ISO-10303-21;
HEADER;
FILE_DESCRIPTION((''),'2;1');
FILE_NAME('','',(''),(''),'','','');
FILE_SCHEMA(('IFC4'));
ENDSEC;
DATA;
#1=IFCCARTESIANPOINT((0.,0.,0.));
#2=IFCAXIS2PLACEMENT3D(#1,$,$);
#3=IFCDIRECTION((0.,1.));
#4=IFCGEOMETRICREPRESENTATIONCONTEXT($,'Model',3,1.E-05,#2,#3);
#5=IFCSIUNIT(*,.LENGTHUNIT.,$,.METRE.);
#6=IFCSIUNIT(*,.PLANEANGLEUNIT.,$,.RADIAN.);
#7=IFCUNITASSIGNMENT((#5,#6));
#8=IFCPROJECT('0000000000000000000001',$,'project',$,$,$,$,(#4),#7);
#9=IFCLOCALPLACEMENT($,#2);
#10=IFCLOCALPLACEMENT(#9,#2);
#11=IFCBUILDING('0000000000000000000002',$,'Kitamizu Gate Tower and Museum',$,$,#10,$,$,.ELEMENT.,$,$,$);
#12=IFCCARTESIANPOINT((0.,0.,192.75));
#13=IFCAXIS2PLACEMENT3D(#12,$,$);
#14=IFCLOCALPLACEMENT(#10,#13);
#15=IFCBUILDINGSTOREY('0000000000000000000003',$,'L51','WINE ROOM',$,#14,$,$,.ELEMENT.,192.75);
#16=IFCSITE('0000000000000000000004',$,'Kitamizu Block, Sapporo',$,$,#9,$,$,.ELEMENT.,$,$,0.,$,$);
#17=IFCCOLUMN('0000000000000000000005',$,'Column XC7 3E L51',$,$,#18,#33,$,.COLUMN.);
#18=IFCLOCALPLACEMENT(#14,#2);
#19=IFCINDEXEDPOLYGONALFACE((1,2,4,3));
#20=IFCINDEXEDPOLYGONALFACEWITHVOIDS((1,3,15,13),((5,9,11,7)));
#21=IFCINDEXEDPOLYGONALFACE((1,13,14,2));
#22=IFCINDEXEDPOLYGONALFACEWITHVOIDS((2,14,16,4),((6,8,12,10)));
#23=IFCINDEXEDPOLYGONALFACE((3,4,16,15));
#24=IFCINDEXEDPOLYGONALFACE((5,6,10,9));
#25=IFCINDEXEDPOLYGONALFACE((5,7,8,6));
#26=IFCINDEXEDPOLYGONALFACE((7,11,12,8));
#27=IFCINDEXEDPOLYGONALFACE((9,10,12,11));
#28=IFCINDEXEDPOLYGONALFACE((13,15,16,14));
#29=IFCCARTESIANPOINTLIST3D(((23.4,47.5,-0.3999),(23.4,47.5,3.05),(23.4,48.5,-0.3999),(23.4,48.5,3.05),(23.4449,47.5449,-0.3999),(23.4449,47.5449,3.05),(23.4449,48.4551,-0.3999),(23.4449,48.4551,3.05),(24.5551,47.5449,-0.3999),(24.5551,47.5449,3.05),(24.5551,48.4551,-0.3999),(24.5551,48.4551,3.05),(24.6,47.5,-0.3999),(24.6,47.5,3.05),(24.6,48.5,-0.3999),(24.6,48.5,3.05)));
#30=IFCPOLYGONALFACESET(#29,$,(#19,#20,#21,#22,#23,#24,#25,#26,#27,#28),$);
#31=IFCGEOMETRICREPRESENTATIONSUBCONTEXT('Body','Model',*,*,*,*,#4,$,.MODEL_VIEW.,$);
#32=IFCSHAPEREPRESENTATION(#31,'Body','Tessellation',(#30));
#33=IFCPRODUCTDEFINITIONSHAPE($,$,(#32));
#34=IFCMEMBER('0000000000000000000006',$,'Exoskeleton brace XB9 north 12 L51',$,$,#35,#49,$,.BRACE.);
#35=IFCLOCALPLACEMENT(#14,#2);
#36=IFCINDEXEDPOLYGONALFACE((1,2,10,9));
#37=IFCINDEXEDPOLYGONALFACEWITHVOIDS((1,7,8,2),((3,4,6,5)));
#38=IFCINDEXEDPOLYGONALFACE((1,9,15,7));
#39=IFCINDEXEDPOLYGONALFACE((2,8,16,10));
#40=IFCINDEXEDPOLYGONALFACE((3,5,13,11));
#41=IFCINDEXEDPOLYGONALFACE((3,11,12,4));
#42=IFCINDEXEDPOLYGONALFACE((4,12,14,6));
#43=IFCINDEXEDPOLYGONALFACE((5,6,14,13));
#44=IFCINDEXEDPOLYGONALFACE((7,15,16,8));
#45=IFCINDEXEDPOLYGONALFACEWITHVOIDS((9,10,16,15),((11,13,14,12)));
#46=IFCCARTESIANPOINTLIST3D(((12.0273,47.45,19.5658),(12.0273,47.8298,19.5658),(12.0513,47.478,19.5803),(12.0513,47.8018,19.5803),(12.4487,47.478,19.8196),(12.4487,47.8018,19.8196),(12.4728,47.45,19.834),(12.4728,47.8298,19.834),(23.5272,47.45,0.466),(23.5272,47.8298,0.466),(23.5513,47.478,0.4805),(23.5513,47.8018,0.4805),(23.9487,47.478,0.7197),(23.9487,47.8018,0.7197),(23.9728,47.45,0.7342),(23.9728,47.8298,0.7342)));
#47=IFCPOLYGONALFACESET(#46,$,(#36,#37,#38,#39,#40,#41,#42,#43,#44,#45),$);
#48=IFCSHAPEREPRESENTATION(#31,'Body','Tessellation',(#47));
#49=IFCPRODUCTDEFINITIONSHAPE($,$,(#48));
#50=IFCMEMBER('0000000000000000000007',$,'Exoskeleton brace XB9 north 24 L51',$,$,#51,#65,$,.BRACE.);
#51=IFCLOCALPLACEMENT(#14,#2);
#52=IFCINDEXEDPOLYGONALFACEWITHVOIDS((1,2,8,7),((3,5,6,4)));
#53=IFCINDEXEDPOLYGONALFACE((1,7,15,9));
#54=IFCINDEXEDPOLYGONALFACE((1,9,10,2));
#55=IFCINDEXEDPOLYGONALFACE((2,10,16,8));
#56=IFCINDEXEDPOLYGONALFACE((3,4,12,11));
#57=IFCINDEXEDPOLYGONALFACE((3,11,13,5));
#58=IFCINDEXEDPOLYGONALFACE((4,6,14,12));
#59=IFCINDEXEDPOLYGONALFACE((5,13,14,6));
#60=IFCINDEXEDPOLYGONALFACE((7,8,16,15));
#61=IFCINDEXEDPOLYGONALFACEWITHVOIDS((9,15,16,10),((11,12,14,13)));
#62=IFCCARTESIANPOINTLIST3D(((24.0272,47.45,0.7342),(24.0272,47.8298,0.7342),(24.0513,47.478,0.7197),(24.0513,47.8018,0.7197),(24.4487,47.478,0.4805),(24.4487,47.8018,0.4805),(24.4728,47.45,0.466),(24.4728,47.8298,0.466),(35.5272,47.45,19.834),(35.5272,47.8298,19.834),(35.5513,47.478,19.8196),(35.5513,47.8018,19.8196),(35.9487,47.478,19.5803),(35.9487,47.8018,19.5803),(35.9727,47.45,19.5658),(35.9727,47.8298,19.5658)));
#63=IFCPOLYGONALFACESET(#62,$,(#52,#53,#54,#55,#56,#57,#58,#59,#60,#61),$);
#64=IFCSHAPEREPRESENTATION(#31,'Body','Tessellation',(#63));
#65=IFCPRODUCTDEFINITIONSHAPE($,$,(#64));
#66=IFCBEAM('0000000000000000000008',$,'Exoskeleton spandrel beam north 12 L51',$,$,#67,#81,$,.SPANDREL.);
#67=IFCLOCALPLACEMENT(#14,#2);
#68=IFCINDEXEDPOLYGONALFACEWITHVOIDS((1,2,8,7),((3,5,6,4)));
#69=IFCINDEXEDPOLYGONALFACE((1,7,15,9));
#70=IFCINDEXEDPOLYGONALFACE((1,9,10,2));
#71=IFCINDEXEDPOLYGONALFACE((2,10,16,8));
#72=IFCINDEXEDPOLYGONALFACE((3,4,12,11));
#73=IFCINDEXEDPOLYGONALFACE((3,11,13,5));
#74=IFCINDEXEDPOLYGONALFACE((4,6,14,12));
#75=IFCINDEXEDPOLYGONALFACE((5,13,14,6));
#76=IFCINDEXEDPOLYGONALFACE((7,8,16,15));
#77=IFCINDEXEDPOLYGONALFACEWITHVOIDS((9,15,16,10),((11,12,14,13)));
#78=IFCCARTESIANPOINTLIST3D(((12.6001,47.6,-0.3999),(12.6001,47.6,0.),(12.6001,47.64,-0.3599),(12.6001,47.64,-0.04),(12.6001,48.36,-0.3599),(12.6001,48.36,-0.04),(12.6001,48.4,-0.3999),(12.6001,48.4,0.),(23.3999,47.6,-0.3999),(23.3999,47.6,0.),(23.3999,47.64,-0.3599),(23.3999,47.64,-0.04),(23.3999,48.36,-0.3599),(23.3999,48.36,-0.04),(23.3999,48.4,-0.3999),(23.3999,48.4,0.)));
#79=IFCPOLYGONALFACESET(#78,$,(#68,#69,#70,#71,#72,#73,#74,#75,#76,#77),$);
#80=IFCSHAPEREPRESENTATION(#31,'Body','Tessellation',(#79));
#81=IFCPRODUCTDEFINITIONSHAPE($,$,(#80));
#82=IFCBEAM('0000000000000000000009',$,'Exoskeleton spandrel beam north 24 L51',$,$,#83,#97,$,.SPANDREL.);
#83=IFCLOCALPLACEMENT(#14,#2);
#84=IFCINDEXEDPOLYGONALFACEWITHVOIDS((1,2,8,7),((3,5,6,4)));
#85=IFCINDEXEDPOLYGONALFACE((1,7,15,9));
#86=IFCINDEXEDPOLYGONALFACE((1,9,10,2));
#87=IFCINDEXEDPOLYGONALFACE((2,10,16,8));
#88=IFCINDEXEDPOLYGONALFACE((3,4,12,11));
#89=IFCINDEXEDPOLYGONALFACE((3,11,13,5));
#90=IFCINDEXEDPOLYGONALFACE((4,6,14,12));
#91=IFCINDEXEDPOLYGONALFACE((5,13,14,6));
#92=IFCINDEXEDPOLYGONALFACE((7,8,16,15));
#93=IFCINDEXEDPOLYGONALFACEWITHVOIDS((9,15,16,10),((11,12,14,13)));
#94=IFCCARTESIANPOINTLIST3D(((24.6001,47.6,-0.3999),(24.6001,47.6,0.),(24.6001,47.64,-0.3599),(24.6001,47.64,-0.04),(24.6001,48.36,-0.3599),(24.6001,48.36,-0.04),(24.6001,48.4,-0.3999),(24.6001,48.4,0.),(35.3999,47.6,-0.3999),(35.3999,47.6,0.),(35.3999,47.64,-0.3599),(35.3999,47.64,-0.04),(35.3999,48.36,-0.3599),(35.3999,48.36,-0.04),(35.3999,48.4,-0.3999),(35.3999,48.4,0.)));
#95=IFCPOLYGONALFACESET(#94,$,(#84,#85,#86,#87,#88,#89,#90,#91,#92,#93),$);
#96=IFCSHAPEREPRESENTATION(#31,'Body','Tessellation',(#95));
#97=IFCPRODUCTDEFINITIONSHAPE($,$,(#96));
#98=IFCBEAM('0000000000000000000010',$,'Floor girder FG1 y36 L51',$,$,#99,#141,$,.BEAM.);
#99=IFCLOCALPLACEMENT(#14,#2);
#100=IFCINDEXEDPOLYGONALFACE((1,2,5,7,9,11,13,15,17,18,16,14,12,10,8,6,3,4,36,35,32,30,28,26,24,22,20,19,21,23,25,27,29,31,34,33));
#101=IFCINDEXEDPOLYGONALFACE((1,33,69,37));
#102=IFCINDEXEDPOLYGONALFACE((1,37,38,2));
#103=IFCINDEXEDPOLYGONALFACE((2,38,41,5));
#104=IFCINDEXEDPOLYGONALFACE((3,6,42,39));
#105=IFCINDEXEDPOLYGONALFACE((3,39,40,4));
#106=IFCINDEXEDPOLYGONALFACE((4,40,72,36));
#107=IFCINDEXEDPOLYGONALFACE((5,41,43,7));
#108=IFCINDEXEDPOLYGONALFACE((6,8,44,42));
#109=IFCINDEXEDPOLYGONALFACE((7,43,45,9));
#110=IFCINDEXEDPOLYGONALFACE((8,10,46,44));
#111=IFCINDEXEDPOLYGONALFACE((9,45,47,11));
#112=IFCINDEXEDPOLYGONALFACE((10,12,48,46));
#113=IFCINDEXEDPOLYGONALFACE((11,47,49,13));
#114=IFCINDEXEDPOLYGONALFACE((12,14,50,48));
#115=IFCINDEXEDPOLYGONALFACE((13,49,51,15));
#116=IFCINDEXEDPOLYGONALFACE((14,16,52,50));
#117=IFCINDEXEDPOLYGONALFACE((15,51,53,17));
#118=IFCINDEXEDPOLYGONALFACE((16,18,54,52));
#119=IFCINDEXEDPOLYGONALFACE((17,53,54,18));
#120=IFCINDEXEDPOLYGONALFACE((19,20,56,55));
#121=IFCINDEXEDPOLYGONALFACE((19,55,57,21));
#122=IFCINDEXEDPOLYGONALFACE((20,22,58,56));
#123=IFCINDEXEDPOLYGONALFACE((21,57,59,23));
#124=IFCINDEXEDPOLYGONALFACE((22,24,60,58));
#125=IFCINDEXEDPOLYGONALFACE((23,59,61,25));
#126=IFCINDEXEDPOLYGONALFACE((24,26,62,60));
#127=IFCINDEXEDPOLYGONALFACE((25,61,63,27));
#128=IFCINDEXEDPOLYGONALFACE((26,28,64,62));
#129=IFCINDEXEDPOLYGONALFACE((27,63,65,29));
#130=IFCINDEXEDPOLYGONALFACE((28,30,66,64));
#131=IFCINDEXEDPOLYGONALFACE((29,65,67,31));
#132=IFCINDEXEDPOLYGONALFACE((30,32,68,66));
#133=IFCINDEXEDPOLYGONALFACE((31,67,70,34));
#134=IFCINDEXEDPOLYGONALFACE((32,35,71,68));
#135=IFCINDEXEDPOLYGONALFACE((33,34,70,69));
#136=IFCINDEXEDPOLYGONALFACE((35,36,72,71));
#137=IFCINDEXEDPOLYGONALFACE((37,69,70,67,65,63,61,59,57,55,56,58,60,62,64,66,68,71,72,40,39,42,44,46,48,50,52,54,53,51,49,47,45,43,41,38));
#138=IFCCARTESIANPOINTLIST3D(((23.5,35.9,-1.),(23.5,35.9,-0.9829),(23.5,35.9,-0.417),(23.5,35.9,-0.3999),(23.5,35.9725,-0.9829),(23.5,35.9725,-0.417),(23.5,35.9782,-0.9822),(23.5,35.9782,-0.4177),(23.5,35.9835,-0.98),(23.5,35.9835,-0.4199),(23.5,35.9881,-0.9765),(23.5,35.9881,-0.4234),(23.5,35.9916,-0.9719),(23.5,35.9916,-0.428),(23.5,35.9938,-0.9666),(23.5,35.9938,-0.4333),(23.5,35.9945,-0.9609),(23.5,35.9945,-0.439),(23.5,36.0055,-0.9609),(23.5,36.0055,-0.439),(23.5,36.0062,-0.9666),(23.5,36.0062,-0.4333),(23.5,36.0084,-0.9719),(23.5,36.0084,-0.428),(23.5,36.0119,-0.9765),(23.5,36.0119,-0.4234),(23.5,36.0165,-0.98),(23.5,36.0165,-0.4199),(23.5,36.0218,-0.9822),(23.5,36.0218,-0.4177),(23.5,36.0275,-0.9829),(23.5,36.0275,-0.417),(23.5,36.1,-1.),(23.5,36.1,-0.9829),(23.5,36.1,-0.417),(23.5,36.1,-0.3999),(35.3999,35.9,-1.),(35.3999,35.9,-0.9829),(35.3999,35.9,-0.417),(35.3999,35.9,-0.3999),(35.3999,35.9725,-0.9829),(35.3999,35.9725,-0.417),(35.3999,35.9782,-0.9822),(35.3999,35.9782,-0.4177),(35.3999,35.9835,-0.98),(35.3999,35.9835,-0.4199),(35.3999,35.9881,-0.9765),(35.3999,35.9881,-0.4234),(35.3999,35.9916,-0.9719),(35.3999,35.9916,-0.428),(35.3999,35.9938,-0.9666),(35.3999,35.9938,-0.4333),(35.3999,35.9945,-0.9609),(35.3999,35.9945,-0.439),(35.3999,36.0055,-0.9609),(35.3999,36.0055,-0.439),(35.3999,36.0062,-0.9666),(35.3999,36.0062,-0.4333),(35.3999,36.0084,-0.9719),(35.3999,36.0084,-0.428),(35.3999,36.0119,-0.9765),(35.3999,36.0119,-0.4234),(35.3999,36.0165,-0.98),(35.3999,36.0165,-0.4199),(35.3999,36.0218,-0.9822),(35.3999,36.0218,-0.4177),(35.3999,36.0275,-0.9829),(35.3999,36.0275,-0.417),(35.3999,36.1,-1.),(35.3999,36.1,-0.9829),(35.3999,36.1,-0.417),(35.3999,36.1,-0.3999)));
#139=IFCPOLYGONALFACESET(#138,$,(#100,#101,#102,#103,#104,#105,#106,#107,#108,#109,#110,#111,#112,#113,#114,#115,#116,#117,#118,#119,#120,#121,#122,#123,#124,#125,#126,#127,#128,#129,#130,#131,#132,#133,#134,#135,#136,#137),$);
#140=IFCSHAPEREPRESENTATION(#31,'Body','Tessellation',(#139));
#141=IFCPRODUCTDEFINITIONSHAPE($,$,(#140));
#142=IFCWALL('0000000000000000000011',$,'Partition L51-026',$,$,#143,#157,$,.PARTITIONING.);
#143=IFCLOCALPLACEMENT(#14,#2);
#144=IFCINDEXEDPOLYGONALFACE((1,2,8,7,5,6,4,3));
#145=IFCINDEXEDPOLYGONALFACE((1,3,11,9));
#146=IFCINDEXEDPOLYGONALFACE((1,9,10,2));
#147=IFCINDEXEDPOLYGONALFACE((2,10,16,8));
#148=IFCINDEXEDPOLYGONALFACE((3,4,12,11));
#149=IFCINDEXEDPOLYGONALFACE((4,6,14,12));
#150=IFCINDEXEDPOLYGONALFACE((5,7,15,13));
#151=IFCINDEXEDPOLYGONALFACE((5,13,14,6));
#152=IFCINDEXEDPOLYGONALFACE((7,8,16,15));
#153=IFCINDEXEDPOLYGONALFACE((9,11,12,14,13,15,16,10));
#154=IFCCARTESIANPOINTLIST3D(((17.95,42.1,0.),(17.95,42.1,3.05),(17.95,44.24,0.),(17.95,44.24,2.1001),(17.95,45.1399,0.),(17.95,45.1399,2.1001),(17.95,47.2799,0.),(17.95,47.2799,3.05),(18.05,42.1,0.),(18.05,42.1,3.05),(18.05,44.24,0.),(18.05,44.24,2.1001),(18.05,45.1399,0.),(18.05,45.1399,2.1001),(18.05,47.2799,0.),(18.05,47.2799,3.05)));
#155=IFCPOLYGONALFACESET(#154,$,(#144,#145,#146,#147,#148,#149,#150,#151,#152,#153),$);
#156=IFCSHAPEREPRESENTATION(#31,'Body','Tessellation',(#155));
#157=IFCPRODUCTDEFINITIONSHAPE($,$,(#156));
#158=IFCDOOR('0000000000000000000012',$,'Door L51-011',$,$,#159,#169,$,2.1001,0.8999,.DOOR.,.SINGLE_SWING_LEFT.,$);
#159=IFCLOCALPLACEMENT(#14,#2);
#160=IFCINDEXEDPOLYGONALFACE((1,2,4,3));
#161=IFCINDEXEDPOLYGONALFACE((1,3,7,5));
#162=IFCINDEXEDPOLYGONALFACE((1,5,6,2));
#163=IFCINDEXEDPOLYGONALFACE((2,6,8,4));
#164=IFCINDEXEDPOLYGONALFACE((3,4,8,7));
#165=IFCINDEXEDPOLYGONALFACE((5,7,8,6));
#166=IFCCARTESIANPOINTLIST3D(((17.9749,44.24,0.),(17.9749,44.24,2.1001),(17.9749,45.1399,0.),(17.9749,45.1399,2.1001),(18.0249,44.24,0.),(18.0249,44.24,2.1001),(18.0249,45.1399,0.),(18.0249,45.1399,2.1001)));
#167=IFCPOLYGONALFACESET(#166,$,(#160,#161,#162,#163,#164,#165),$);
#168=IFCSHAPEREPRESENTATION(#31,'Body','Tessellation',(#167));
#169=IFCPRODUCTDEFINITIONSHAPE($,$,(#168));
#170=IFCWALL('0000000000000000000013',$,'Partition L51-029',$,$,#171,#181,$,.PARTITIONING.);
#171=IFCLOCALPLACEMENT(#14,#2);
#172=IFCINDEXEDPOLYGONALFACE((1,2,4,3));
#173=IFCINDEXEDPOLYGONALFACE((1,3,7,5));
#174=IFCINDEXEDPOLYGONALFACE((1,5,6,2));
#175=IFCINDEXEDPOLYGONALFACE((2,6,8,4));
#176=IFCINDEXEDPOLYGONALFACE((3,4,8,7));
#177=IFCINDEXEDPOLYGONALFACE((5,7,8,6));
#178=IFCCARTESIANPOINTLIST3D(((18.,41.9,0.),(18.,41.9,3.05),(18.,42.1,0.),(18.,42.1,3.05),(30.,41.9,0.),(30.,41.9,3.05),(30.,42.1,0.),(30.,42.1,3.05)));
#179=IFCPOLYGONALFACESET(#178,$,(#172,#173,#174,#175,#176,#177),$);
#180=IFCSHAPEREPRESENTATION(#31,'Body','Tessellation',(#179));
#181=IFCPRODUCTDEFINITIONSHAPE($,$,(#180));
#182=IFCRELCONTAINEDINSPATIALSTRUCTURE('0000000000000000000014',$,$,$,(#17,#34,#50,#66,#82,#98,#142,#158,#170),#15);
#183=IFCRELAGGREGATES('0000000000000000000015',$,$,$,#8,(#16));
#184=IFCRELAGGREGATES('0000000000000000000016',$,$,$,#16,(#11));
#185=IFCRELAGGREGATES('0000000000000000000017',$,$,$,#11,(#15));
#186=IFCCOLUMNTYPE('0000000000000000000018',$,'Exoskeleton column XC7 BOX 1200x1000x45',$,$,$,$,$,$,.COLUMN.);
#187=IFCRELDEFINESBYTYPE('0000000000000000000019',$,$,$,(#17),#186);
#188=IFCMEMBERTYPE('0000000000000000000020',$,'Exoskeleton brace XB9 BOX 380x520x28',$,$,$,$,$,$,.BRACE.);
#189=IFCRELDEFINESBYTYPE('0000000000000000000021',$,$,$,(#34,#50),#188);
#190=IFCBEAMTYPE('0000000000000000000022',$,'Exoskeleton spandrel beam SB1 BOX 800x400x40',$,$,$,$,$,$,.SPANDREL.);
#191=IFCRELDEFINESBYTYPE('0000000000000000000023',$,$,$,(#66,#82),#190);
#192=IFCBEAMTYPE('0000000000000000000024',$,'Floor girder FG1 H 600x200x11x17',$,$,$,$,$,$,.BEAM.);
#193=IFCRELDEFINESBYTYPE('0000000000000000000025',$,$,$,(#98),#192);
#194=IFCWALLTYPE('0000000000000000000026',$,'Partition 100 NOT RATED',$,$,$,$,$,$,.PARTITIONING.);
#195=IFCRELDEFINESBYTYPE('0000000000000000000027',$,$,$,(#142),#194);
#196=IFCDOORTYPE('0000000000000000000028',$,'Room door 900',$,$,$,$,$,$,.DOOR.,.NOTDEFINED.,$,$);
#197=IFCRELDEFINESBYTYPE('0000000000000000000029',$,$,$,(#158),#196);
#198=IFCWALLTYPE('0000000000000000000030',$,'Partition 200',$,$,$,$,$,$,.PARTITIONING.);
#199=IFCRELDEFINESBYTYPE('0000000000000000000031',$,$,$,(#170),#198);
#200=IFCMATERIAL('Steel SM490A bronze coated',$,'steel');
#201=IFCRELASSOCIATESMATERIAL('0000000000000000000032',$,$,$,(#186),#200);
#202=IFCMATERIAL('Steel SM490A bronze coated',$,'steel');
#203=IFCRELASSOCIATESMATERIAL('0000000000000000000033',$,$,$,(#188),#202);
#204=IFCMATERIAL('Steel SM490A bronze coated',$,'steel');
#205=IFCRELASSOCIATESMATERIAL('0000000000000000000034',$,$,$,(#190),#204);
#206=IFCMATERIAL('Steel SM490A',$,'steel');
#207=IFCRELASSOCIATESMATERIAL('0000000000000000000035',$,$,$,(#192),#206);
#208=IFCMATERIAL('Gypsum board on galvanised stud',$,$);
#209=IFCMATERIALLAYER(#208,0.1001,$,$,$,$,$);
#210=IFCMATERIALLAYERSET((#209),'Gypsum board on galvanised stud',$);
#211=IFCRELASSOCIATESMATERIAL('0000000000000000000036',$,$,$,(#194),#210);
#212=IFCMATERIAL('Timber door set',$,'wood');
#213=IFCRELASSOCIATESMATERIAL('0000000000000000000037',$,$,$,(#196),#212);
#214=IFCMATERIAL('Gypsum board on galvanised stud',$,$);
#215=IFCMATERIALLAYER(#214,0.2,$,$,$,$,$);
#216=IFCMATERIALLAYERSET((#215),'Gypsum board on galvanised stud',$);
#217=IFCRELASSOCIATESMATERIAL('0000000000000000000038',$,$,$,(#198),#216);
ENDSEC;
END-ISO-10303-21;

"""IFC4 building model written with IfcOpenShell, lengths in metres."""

from ifc_helpers import new_model, si_unit, direction, frame, frame_2d, origin, origin_2d, place, context, subcontext, project, spatial, rectangle, hollow_rectangle, i_section, extrude, material, layer, layer_set, material_profile, profile_set, type_object, element, fill, save


model = new_model("IFC4")

# Units and contexts
model_context = context("Model", 3, precision=1e-05, world=origin(), true_north=direction((0.0, 1.0)))
body_context = subcontext(model_context, "Body", "Model", "MODEL_VIEW")
ifc_project = project(units=[si_unit("LENGTHUNIT", "METRE"), si_unit("PLANEANGLEUNIT", "RADIAN")], contexts=[model_context])

# Site, building, storey
site_placement = place(None, origin())
site = spatial("IfcSite", under=ifc_project, at=site_placement, Name="Kitamizu Block, Sapporo", CompositionType="ELEMENT", RefElevation=0.0)
building_placement = place(site_placement, origin())
building = spatial("IfcBuilding", under=site, at=building_placement, Name="Kitamizu Gate Tower and Museum", CompositionType="ELEMENT")
storey_placement = place(building_placement, frame((0.0, 0.0, 192.75)))
storey = spatial("IfcBuildingStorey", under=building, at=storey_placement, Name="L51", Description="WINE ROOM", CompositionType="ELEMENT", Elevation=192.75)

# Column
ifc_material_1 = material(Name="Steel SM490A bronze coated", Category="steel")
ifc_material_profile_1 = material_profile(ifc_material_1, hollow_rectangle(XDim=1.2, YDim=1.0, WallThickness=0.0449, at=origin_2d()), Name="BOX 1200x1000x45")
ifc_profile_set_1 = profile_set([ifc_material_profile_1], Name="Steel SM490A bronze coated")
column_type = type_object("IfcColumnType", Name="Exoskeleton column XC7 BOX 1200x1000x45", PredefinedType="COLUMN", material=ifc_profile_set_1)
column_placement = place(storey_placement, frame((24.0, 48.0, -0.3999), z_axis=(0.0, 0.0, 1.0), x_axis=(1.0, 0.0, 0.0)))
element("IfcColumn", 1, at=column_placement, inside=storey, type_object=column_type, Name="Column XC7 3E L51", PredefinedType="COLUMN", context=body_context, shape_type="SweptSolid", body=[
    extrude(hollow_rectangle(XDim=1.2, YDim=1.0, WallThickness=0.0449, at=origin_2d()), origin(), (0.0, 0.0, 1.0), 3.45),
])

# Members
ifc_material_2 = material(Name="Steel SM490A bronze coated", Category="steel")
ifc_material_profile_2 = material_profile(ifc_material_2, hollow_rectangle(XDim=0.3799, YDim=0.52, WallThickness=0.0281, at=origin_2d()), Name="BOX 380x520x28")
ifc_profile_set_2 = profile_set([ifc_material_profile_2], Name="Steel SM490A bronze coated")
member_type = type_object("IfcMemberType", Name="Exoskeleton brace XB9 BOX 380x520x28", PredefinedType="BRACE", material=ifc_profile_set_2)
for number, where, z_axis, x_axis, name in (
    (2, (23.75, 47.6399, 0.6001), (-0.515817, 0.0, 0.856699), (0.0, -1.0, 0.0), "Exoskeleton brace XB9 north 12 L51"),
    (3, (24.25, 47.6399, 0.6001), (0.515817, 0.0, 0.856699), (0.0, 1.0, 0.0), "Exoskeleton brace XB9 north 24 L51"),
):
    element("IfcMember", number, at=place(storey_placement, frame(where, z_axis=z_axis, x_axis=x_axis)), inside=storey, type_object=member_type, Name=name, PredefinedType="BRACE", context=body_context, shape_type="SweptSolid", body=[
        extrude(hollow_rectangle(XDim=0.3799, YDim=0.52, WallThickness=0.0281, at=origin_2d()), origin(), (0.0, 0.0, 1.0), 22.2947),
    ])

# Beams
ifc_material_3 = material(Name="Steel SM490A bronze coated", Category="steel")
ifc_material_profile_3 = material_profile(ifc_material_3, hollow_rectangle(XDim=0.8, YDim=0.3999, WallThickness=0.04, at=origin_2d()), Name="BOX 800x400x40")
ifc_profile_set_3 = profile_set([ifc_material_profile_3], Name="Steel SM490A bronze coated")
beam_type_1 = type_object("IfcBeamType", Name="Exoskeleton spandrel beam SB1 BOX 800x400x40", PredefinedType="SPANDREL", material=ifc_profile_set_3)
for number, where, z_axis, x_axis, name in (
    (4, (12.6001, 48.0, -0.2), (1.0, 0.0, 0.0), (0.0, 1.0, 0.0), "Exoskeleton spandrel beam north 12 L51"),
    (5, (24.6001, 48.0, -0.2), (1.0, 0.0, 0.0), (0.0, 1.0, 0.0), "Exoskeleton spandrel beam north 24 L51"),
):
    element("IfcBeam", number, at=place(storey_placement, frame(where, z_axis=z_axis, x_axis=x_axis)), inside=storey, type_object=beam_type_1, Name=name, PredefinedType="SPANDREL", context=body_context, shape_type="SweptSolid", body=[
        extrude(hollow_rectangle(XDim=0.8, YDim=0.3999, WallThickness=0.04, at=origin_2d()), origin(), (0.0, 0.0, 1.0), 10.7998),
    ])
ifc_material_4 = material(Name="Steel SM490A", Category="steel")
ifc_material_profile_4 = material_profile(ifc_material_4, i_section(OverallWidth=0.2, OverallDepth=0.6001, WebThickness=0.011, FlangeThickness=0.0171, FilletRadius=0.022, at=origin_2d()), Name="H-600x200x11x17")
ifc_profile_set_4 = profile_set([ifc_material_profile_4], Name="Steel SM490A")
beam_type_2 = type_object("IfcBeamType", Name="Floor girder FG1 H 600x200x11x17", PredefinedType="BEAM", material=ifc_profile_set_4)
beam_placement = place(storey_placement, frame((23.5, 36.0, -0.7), z_axis=(1.0, 0.0, 0.0), x_axis=(0.0, 1.0, 0.0)))
element("IfcBeam", 6, at=beam_placement, inside=storey, type_object=beam_type_2, Name="Floor girder FG1 y36 L51", PredefinedType="BEAM", context=body_context, shape_type="SweptSolid", body=[
    extrude(i_section(OverallWidth=0.2, OverallDepth=0.6001, WebThickness=0.011, FlangeThickness=0.0171, FilletRadius=0.022, at=origin_2d()), origin(), (0.0, 0.0, 1.0), 11.8999),
])

# Wall, opening, door
ifc_material_5 = material(Name="Gypsum board on galvanised stud")
ifc_layer_1 = layer(ifc_material_5, 0.1001)
ifc_layer_set_1 = layer_set([ifc_layer_1], Name="Gypsum board on galvanised stud")
wall_type_1 = type_object("IfcWallType", Name="Partition 100 NOT RATED", PredefinedType="PARTITIONING", material=ifc_layer_set_1)
wall_1_placement = place(storey_placement, frame((18.0, 42.1001, 0.0), z_axis=(0.0, 0.0, 1.0), x_axis=(0.0, 1.0, 0.0)))
wall_1 = element("IfcWall", 7, at=wall_1_placement, inside=storey, type_object=wall_type_1, Name="Partition L51-026", PredefinedType="PARTITIONING", context=body_context, shape_type="SweptSolid", body=[
    extrude(rectangle(XDim=5.1799, YDim=0.1001, at=frame_2d((2.5898, 0.0))), origin(), (0.0, 0.0, 1.0), 3.05),
])
opening_1_placement = place(wall_1_placement, frame((2.1399, 0.0, 0.0)))
opening_1 = element("IfcOpeningElement", 8, at=opening_1_placement, cuts=wall_1, PredefinedType="OPENING", context=body_context, shape_type="SweptSolid", body=[
    extrude(rectangle(XDim=0.8999, YDim=2.1001, at=frame_2d((0.45, 1.05))), frame((0.0, 0.0601, 0.0), z_axis=(0.0, -1.0, 0.0), x_axis=(1.0, 0.0, 0.0)), (0.0, 0.0, 1.0), 0.1201),
])
ifc_material_6 = material(Name="Timber door set", Category="wood")
door_type = type_object("IfcDoorType", Name="Room door 900", OperationType="NOTDEFINED", PredefinedType="DOOR", material=ifc_material_6)
door_1_placement = place(opening_1_placement, frame((0.8999, 0.0, 0.0), x_axis=(-1.0, 0.0, 0.0)))
door_1 = element("IfcDoor", 9, at=door_1_placement, inside=storey, type_object=door_type, Name="Door L51-011", OperationType="SINGLE_SWING_LEFT", OverallHeight=2.1001, OverallWidth=0.8999, PredefinedType="DOOR", context=body_context, shape_type="SweptSolid", body=[
    extrude(rectangle(XDim=0.8999, YDim=2.1001, at=frame_2d((0.45, 1.05))), frame((0.0, 0.0249, 0.0), z_axis=(0.0, -1.0, 0.0), x_axis=(1.0, 0.0, 0.0)), (0.0, 0.0, 1.0), 0.05),
])
fill(opening_1, door_1)

# Wall
ifc_material_7 = material(Name="Gypsum board on galvanised stud")
ifc_layer_2 = layer(ifc_material_7, 0.2)
ifc_layer_set_2 = layer_set([ifc_layer_2], Name="Gypsum board on galvanised stud")
wall_type_2 = type_object("IfcWallType", Name="Partition 200", PredefinedType="PARTITIONING", material=ifc_layer_set_2)
wall_2_placement = place(storey_placement, frame((18.0, 42.0, 0.0), z_axis=(0.0, 0.0, 1.0), x_axis=(1.0, 0.0, 0.0)))
element("IfcWall", 10, at=wall_2_placement, inside=storey, type_object=wall_type_2, Name="Partition L51-029", PredefinedType="PARTITIONING", context=body_context, shape_type="SweptSolid", body=[
    extrude(rectangle(XDim=12.0, YDim=0.2, at=frame_2d((6.0, 0.0))), origin(), (0.0, 0.0, 1.0), 3.05),
])

save(model, "model.ifc")
